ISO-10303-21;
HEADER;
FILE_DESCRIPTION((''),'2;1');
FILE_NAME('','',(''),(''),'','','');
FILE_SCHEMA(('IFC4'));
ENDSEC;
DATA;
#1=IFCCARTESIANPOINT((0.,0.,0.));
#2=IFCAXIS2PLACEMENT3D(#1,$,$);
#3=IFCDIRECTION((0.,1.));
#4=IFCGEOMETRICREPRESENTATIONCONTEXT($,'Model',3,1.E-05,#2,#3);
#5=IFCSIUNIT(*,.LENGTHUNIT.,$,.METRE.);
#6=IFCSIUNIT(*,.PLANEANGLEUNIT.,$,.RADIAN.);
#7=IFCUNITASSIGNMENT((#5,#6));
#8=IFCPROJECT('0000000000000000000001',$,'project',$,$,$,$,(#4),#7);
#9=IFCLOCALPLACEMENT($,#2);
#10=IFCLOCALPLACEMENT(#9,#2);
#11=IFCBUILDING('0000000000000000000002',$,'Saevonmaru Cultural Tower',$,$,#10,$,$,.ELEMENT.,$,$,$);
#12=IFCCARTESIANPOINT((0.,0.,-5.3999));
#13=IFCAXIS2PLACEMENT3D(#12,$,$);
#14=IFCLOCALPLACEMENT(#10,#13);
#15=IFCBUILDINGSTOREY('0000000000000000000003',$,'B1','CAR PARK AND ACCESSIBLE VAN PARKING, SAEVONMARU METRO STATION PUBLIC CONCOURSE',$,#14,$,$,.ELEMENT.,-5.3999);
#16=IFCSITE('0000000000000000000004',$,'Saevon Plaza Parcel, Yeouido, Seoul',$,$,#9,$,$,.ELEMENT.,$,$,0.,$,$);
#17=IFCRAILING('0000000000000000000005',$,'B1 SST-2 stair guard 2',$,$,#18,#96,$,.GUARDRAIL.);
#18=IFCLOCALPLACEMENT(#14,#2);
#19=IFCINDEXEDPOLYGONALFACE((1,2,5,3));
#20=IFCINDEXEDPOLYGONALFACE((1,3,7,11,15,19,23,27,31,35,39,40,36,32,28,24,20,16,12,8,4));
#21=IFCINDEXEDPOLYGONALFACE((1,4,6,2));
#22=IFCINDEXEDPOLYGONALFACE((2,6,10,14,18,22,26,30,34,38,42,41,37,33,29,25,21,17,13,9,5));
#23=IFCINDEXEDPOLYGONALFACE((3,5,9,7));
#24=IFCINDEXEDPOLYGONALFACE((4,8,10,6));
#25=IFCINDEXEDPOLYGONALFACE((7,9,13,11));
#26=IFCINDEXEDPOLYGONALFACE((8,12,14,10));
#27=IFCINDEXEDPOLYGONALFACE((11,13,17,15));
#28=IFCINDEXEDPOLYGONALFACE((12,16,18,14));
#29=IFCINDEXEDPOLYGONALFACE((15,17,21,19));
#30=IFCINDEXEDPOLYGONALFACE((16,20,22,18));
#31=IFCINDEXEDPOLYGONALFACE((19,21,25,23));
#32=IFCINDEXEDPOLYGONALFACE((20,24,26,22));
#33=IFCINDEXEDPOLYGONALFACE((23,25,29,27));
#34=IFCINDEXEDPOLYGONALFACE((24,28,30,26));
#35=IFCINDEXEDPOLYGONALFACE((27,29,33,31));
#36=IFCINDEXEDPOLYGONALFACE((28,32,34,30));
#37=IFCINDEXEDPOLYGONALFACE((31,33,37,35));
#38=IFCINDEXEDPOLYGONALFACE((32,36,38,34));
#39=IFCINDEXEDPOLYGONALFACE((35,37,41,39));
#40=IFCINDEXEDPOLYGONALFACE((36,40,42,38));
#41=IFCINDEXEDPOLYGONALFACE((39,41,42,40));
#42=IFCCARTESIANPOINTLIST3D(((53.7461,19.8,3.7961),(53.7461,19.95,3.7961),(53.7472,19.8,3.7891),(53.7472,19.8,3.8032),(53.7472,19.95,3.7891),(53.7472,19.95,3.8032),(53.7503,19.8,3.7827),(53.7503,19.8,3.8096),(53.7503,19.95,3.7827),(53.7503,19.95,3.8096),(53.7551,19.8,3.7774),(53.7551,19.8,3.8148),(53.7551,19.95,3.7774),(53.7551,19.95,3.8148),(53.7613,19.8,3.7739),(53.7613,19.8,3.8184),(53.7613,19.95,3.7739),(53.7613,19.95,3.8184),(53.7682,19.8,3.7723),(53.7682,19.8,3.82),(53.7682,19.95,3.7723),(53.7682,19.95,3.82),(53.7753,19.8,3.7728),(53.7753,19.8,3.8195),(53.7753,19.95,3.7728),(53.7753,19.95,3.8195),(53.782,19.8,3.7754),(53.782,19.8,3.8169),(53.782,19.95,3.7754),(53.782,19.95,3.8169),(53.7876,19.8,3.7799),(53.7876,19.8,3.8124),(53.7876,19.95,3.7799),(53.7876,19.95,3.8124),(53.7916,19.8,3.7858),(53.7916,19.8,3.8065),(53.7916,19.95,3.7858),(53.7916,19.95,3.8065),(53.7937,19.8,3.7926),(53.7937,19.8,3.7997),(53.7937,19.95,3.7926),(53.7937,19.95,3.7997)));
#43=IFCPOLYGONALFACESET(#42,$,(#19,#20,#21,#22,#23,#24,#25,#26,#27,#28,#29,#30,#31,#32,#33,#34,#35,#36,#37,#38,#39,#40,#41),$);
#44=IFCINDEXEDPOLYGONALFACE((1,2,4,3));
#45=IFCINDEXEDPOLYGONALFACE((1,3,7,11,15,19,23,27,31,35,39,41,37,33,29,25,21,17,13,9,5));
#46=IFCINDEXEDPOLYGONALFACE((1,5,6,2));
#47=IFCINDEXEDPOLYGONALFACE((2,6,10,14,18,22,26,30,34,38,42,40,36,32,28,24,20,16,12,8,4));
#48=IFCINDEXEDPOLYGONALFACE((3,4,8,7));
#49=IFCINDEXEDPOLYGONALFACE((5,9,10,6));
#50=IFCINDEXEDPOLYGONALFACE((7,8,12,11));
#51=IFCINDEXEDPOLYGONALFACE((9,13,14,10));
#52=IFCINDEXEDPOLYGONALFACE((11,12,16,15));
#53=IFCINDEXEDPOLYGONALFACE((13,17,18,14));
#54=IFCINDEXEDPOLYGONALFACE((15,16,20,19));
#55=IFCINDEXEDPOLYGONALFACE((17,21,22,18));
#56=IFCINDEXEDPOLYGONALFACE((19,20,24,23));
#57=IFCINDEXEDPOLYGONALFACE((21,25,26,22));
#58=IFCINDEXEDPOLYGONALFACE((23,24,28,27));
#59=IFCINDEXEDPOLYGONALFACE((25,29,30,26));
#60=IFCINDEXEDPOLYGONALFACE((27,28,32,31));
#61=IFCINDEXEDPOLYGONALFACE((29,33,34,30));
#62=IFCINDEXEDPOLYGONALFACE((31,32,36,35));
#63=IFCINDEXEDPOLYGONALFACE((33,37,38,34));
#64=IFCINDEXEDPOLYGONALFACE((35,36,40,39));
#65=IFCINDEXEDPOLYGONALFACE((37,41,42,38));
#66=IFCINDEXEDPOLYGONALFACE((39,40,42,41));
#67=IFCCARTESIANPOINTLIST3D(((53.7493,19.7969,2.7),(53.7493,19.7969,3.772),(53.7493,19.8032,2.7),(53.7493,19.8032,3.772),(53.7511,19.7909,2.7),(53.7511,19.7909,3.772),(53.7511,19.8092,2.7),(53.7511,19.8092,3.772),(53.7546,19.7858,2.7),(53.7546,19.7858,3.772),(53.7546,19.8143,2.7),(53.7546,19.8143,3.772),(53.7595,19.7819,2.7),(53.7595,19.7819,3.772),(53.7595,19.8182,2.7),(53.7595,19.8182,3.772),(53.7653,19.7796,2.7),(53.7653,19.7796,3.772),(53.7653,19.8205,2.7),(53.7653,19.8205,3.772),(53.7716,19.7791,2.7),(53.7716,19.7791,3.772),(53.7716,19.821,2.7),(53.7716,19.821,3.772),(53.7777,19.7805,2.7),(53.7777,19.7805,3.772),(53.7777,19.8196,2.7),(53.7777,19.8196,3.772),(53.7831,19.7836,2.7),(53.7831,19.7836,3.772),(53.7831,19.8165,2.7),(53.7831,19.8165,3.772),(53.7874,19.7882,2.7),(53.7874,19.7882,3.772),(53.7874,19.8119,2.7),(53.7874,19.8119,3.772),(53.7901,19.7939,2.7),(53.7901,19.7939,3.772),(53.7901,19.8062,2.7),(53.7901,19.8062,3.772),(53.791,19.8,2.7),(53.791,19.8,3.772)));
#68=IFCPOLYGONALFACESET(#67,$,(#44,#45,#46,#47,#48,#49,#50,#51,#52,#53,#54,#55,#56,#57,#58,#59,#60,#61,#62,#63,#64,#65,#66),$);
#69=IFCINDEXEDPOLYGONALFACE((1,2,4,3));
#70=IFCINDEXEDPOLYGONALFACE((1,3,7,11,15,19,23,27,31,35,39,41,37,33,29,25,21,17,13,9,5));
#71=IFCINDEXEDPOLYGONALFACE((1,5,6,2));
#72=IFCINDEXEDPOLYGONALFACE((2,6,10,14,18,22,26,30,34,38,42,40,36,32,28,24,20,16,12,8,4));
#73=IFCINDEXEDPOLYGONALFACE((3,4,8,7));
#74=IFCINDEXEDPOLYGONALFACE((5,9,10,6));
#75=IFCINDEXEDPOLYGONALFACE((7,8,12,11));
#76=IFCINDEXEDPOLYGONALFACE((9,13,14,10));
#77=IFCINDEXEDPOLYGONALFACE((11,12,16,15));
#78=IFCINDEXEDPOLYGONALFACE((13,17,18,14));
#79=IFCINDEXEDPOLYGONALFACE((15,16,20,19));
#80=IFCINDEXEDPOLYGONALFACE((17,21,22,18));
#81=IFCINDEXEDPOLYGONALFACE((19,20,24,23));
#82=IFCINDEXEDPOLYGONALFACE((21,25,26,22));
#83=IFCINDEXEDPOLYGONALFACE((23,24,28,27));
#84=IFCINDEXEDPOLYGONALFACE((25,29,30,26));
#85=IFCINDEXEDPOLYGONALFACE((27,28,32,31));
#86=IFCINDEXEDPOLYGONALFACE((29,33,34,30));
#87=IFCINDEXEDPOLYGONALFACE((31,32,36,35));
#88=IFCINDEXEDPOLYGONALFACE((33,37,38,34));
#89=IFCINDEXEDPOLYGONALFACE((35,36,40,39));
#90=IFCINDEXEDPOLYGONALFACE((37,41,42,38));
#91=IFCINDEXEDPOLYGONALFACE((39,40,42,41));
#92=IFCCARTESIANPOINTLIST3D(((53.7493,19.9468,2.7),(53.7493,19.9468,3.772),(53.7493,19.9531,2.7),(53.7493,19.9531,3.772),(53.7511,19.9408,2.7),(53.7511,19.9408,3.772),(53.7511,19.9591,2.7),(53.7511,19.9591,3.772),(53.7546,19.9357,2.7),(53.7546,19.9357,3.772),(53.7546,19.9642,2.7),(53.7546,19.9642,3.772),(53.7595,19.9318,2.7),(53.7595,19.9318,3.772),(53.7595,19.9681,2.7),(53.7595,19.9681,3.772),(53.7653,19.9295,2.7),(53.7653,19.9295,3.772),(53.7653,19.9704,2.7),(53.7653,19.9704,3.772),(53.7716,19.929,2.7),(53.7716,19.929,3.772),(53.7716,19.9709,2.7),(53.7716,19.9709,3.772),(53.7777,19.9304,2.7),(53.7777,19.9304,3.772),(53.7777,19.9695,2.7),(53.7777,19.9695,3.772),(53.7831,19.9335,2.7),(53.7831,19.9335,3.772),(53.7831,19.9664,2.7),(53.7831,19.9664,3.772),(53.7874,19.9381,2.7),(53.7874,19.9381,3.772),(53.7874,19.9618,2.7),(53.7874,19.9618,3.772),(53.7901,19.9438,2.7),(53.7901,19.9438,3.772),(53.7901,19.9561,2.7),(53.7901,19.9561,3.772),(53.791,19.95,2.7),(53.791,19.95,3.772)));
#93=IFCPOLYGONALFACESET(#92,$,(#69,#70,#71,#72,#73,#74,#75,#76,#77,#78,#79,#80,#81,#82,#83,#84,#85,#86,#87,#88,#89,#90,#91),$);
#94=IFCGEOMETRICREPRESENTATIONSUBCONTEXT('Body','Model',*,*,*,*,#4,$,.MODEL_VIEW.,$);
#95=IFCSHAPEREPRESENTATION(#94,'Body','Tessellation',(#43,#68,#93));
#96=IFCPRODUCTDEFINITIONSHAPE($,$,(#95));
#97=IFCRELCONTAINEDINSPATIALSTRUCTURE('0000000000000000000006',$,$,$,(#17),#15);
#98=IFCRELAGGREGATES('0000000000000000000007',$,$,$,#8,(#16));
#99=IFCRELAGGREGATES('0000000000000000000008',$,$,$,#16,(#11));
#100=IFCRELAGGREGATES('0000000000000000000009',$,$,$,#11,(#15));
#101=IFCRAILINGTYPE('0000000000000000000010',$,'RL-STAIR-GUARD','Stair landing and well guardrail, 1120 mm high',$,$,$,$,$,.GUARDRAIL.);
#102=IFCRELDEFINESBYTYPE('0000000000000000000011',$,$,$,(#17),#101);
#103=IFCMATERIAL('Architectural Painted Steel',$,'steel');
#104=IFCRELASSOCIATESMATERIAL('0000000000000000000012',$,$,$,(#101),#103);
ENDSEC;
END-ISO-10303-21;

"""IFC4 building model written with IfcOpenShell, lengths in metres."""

from ifc_helpers import new_model, si_unit, direction, frame, origin, origin_2d, place, context, subcontext, project, spatial, circle, extrude, material, type_object, element, save


model = new_model("IFC4")

# Units and contexts
model_context = context("Model", 3, precision=1e-05, world=origin(), true_north=direction((0.0, 1.0)))
body_context = subcontext(model_context, "Body", "Model", "MODEL_VIEW")
ifc_project = project(units=[si_unit("LENGTHUNIT", "METRE"), si_unit("PLANEANGLEUNIT", "RADIAN")], contexts=[model_context])

# Site, building, storey
site_placement = place(None, origin())
site = spatial("IfcSite", under=ifc_project, at=site_placement, Name="Saevon Plaza Parcel, Yeouido, Seoul", CompositionType="ELEMENT", RefElevation=0.0)
building_placement = place(site_placement, origin())
building = spatial("IfcBuilding", under=site, at=building_placement, Name="Saevonmaru Cultural Tower", CompositionType="ELEMENT")
storey_placement = place(building_placement, frame((0.0, 0.0, -5.3999)))
storey = spatial("IfcBuildingStorey", under=building, at=storey_placement, Name="B1", Description="CAR PARK AND ACCESSIBLE VAN PARKING, SAEVONMARU METRO STATION PUBLIC CONCOURSE", CompositionType="ELEMENT", Elevation=-5.3999)

# Railing
ifc_material_1 = material(Name="Architectural Painted Steel", Category="steel")
railing_type_1 = type_object("IfcRailingType", Name="RL-STAIR-GUARD", Description="Stair landing and well guardrail, 1120 mm high", PredefinedType="GUARDRAIL", material=ifc_material_1)
railing_1_placement = place(storey_placement, frame((53.77, 19.8, 2.7)))
element("IfcRailing", 1, at=railing_1_placement, inside=storey, type_object=railing_type_1, Name="B1 SST-2 stair guard 2", PredefinedType="GUARDRAIL", context=body_context, shape_type="SweptSolid", body=[
    extrude(circle(Radius=0.0239, at=origin_2d()), frame((0.0, 0.0, 1.0962), z_axis=(0.0, 1.0, 0.0), x_axis=(-1.0, 0.0, 0.0)), (0.0, 0.0, 1.0), 0.1499),
    extrude(circle(Radius=0.021, at=origin_2d()), origin(), (0.0, 0.0, 1.0), 1.072),
    extrude(circle(Radius=0.021, at=origin_2d()), frame((0.0, 0.1499, 0.0)), (0.0, 0.0, 1.0), 1.072),
])

save(model, "model.ifc")
